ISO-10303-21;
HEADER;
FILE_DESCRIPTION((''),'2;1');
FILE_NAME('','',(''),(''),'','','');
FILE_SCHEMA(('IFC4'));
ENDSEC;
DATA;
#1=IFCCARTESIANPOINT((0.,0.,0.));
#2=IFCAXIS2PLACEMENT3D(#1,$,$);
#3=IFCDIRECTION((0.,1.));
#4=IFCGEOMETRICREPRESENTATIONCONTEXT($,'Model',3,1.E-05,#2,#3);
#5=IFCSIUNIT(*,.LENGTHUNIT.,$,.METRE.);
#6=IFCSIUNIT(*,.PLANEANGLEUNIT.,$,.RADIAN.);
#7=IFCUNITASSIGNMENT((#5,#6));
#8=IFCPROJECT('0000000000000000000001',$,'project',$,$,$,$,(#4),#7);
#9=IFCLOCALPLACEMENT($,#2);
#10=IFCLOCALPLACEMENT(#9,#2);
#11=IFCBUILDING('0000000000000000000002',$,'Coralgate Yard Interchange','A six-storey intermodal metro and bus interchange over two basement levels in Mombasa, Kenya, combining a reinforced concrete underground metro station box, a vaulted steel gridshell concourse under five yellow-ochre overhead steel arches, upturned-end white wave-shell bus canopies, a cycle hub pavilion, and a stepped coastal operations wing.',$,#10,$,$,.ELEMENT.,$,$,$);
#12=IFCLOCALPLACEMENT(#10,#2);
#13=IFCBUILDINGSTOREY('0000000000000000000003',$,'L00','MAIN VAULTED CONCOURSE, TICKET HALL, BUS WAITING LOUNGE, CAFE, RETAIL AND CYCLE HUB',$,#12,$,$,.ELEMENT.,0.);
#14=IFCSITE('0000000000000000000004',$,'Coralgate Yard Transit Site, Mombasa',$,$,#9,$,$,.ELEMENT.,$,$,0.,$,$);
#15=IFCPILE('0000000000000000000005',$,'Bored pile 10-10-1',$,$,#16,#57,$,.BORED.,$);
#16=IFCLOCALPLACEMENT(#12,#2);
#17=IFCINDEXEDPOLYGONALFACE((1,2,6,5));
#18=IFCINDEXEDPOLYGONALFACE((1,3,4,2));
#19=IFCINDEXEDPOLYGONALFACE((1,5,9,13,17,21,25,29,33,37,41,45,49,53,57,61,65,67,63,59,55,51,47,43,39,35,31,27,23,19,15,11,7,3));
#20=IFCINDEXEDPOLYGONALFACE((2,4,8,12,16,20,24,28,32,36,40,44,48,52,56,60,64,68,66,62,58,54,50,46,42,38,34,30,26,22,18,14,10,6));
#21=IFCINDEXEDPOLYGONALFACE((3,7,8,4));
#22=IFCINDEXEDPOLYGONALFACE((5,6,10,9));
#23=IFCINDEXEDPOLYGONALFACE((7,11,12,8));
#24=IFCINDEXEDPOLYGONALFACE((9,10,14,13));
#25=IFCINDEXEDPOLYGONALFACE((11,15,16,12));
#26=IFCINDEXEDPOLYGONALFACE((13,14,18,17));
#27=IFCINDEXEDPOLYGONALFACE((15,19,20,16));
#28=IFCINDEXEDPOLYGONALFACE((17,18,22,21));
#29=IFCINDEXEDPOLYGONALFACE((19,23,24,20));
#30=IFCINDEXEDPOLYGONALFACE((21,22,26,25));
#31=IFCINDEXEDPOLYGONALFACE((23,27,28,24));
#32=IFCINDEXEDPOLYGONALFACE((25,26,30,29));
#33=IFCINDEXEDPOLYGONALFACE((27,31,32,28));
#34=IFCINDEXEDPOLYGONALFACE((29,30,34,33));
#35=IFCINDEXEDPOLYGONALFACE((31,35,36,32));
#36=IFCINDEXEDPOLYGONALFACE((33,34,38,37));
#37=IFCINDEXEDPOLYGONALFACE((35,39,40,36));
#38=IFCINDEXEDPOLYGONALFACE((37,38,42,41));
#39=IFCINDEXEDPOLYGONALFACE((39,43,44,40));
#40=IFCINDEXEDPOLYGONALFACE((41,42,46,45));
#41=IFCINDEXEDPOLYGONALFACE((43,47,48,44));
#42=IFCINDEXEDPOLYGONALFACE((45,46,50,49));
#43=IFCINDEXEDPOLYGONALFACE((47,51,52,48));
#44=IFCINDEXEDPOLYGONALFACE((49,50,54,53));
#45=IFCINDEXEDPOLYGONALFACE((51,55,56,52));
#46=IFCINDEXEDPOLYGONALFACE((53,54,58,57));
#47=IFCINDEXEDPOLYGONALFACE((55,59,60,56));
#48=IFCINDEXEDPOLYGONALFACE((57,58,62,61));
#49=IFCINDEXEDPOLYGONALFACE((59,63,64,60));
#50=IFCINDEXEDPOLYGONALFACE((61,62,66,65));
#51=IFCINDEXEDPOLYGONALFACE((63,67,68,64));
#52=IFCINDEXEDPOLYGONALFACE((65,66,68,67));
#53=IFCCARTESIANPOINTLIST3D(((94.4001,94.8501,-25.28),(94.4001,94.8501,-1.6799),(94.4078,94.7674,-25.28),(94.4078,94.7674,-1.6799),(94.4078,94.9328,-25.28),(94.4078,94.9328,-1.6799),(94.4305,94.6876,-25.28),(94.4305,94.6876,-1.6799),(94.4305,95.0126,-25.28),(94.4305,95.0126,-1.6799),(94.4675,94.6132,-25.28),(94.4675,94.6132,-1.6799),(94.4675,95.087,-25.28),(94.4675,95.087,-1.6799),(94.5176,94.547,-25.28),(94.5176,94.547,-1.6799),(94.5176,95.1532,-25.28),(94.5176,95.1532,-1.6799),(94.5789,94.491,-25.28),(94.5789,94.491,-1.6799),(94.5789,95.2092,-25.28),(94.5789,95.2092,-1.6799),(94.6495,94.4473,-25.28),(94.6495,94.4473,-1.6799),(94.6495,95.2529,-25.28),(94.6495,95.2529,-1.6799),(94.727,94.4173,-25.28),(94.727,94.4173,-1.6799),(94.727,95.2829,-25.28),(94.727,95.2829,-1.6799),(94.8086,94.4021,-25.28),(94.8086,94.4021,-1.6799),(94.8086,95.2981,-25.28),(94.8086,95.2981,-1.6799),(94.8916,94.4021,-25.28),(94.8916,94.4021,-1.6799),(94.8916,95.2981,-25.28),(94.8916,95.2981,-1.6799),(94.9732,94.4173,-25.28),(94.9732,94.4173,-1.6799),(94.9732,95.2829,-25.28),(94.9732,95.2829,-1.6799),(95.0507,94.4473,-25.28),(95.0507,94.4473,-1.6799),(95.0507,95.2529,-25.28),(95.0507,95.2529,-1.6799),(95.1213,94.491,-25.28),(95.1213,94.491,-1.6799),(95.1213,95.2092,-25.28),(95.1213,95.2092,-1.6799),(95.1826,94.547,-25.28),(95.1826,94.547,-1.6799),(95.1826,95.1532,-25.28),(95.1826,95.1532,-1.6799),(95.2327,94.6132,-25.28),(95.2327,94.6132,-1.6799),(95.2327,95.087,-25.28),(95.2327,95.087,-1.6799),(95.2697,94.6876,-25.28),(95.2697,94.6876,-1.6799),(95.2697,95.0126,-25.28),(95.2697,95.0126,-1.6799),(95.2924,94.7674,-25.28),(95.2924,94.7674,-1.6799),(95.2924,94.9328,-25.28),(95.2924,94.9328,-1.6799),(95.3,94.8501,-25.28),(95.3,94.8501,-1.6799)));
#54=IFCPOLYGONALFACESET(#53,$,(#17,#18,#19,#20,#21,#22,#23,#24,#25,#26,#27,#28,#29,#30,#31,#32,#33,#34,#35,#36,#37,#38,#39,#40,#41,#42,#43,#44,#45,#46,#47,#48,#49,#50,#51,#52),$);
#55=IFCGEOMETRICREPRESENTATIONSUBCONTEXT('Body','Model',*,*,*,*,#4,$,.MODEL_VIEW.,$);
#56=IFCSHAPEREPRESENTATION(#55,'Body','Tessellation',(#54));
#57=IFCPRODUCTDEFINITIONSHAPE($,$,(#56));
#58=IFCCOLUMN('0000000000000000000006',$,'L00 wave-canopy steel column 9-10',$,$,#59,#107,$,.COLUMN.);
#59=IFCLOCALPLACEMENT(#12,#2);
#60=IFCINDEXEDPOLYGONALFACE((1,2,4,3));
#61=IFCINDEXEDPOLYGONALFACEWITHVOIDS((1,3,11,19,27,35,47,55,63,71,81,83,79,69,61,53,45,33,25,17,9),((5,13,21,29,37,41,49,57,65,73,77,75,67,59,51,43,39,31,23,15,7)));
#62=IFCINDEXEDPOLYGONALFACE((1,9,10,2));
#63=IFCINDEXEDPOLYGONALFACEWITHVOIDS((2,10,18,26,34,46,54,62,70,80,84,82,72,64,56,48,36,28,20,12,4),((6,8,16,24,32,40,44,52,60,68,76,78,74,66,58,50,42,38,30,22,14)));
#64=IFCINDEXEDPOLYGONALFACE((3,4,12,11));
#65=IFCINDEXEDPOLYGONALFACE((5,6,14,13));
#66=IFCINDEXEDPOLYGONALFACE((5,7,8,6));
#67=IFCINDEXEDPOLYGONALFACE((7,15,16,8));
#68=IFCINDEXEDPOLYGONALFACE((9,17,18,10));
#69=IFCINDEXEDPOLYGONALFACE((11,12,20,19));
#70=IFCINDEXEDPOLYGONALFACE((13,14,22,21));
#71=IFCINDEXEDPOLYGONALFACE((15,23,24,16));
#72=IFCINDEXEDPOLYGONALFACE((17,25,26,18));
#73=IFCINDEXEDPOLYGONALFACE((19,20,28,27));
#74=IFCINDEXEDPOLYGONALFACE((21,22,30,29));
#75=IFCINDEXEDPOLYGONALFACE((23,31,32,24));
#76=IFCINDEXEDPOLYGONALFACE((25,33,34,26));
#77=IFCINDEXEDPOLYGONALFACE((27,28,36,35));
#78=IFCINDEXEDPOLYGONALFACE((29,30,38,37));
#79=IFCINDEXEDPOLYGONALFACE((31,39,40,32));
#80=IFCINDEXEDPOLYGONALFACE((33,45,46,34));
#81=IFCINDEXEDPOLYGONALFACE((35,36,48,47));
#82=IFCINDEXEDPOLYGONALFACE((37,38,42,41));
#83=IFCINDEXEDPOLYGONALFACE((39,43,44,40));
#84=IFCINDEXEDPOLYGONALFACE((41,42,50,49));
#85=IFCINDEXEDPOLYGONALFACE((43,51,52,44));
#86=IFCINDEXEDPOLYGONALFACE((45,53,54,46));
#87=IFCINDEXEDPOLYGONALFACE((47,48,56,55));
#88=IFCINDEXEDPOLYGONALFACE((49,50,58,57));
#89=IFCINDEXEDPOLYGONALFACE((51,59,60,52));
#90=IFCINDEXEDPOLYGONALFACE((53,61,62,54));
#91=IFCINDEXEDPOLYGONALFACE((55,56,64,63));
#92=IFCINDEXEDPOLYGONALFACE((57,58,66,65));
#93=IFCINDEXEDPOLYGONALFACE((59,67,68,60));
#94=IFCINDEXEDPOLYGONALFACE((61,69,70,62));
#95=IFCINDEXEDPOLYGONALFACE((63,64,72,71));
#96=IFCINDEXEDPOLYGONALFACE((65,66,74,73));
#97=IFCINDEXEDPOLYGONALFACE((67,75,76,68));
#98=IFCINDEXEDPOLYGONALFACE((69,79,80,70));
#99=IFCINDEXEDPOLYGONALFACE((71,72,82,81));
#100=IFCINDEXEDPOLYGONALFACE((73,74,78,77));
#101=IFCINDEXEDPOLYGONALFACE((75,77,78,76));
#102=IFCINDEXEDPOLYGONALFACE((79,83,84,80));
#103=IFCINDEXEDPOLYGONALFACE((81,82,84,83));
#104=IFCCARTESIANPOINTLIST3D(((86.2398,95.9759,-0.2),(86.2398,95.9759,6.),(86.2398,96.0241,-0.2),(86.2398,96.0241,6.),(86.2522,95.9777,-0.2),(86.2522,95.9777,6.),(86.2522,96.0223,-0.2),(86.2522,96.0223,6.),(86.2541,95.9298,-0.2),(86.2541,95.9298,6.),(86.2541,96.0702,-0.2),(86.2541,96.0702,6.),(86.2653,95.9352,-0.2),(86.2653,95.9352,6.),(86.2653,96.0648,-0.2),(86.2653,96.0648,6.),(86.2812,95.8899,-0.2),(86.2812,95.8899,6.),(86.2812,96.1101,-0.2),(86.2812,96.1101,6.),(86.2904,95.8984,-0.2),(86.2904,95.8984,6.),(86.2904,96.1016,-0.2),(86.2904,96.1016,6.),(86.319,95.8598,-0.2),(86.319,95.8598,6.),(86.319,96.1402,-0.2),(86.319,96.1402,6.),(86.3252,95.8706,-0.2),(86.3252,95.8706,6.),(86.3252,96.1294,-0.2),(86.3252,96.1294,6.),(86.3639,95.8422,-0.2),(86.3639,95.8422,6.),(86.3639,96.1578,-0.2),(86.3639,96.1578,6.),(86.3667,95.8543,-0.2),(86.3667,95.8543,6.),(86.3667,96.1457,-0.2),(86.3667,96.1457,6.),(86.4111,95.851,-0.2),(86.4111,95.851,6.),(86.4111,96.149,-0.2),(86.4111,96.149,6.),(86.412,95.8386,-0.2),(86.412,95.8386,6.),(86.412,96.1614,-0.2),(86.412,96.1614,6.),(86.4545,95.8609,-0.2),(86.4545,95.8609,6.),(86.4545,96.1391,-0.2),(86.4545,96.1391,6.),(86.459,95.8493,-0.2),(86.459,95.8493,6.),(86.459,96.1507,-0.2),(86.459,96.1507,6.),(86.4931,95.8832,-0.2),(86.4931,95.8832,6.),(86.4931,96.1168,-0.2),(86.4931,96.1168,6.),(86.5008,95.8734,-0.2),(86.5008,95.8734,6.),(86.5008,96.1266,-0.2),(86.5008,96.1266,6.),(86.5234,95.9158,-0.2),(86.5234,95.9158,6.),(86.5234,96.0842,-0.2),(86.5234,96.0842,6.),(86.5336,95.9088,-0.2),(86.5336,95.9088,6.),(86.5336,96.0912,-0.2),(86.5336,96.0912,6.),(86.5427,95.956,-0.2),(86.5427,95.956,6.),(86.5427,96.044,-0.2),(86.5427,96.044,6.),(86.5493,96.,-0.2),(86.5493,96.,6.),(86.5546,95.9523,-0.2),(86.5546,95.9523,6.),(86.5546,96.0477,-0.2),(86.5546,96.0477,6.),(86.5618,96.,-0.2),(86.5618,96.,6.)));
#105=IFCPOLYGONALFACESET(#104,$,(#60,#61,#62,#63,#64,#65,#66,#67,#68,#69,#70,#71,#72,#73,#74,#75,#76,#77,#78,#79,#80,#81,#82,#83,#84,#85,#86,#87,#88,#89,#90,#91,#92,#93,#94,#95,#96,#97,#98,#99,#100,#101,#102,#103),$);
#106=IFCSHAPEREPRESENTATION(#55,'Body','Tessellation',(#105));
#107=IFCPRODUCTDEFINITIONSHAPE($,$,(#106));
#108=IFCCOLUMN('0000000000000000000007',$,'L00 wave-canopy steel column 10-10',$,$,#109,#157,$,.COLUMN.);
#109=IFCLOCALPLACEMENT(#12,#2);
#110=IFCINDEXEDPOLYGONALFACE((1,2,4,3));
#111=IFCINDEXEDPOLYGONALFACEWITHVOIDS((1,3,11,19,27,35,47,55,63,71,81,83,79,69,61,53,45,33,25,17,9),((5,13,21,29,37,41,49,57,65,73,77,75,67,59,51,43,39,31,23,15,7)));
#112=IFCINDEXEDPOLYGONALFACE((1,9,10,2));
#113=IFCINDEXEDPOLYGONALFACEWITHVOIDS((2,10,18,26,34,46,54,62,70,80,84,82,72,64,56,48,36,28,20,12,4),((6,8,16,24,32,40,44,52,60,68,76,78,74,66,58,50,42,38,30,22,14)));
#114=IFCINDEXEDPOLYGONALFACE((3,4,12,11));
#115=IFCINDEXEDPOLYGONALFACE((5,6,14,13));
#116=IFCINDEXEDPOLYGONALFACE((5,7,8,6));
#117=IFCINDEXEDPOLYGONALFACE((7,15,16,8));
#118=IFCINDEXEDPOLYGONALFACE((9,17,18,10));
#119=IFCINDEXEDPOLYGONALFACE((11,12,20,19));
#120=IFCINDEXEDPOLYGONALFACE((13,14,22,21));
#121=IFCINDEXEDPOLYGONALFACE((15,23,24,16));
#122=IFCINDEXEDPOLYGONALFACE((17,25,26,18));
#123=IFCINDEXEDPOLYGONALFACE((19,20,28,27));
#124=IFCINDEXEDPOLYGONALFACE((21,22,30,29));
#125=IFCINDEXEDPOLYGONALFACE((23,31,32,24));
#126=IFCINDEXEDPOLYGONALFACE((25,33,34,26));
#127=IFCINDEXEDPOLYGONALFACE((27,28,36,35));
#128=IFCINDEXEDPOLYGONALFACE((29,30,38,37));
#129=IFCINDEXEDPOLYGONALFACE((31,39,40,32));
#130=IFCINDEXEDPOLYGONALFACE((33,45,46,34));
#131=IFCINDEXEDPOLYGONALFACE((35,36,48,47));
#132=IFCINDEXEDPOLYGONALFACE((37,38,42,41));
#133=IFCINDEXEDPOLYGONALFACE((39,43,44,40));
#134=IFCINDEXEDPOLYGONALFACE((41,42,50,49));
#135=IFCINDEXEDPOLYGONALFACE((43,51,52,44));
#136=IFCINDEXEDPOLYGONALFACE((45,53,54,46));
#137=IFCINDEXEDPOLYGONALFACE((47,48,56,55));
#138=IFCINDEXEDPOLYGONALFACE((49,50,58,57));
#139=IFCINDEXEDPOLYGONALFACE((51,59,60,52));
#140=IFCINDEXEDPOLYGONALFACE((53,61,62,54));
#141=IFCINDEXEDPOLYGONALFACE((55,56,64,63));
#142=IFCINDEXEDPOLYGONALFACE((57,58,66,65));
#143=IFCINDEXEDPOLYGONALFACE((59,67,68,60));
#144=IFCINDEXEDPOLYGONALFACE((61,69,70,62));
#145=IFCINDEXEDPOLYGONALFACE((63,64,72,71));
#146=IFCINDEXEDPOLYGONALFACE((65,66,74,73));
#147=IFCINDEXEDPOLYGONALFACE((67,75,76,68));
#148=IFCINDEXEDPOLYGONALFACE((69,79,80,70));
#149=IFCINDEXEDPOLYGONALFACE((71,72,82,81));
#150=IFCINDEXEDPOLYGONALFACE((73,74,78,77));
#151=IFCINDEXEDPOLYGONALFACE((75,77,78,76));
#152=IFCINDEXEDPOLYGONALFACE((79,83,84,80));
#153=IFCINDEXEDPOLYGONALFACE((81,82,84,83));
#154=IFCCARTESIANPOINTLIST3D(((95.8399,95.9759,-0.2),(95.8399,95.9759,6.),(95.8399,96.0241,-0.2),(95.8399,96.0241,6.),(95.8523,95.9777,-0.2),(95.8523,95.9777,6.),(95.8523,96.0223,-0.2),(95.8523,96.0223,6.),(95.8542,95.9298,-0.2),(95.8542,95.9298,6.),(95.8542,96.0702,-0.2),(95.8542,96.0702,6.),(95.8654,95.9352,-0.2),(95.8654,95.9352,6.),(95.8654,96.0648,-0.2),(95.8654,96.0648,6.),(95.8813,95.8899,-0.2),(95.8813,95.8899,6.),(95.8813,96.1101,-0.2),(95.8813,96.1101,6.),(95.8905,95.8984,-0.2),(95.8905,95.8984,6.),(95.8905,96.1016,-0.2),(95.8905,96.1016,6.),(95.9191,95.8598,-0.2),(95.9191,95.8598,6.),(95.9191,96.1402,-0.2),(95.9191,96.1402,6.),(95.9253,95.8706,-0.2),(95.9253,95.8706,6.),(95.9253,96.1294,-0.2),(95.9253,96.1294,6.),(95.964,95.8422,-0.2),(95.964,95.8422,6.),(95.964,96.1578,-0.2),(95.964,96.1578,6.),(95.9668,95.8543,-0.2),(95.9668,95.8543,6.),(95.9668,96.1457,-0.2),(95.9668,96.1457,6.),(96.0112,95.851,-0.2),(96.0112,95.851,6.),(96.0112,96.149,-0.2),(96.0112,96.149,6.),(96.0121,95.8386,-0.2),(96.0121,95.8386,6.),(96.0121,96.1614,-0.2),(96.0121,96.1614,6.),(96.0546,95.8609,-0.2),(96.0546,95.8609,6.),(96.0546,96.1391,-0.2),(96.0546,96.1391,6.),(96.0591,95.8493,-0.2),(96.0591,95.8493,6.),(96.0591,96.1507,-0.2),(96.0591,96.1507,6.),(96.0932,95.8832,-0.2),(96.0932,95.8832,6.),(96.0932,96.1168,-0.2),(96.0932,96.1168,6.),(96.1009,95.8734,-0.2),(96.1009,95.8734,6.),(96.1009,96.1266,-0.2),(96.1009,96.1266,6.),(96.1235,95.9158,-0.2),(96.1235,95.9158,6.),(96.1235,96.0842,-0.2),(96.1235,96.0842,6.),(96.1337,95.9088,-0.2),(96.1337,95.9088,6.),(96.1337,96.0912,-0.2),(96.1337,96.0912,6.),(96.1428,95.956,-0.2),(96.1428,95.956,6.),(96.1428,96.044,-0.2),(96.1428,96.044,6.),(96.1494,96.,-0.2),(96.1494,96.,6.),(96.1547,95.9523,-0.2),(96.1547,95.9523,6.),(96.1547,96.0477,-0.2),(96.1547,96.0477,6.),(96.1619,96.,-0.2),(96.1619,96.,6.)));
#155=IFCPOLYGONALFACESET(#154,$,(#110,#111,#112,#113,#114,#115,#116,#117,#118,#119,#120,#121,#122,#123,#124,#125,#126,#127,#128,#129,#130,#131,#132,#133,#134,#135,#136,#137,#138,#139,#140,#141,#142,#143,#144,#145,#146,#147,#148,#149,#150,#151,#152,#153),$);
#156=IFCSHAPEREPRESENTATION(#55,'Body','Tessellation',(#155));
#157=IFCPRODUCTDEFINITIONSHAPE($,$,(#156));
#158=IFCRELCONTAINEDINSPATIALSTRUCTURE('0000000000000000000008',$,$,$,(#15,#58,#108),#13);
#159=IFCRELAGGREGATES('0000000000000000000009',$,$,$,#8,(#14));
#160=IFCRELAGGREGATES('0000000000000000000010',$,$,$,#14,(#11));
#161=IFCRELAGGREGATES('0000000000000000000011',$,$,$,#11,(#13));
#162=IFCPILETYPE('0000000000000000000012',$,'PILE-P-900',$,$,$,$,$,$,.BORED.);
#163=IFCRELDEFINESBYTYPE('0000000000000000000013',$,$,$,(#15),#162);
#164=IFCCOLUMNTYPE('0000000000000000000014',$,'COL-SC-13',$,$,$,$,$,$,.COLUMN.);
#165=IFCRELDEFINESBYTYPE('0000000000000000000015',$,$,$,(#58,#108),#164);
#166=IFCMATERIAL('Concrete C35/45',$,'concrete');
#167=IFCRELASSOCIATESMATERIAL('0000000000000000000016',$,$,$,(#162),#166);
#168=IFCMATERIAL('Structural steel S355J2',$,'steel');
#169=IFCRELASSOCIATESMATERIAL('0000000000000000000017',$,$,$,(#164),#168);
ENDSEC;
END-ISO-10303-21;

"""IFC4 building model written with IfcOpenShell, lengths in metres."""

from ifc_helpers import new_model, si_unit, direction, frame, origin, origin_2d, place, context, subcontext, project, spatial, circle, hollow_circle, extrude, material, material_profile, profile_set, type_object, element, save


model = new_model("IFC4")

# Units and contexts
model_context = context("Model", 3, precision=1e-05, world=origin(), true_north=direction((0.0, 1.0)))
body_context = subcontext(model_context, "Body", "Model", "MODEL_VIEW")
ifc_project = project(units=[si_unit("LENGTHUNIT", "METRE"), si_unit("PLANEANGLEUNIT", "RADIAN")], contexts=[model_context])

# Site, building, storey
site_placement = place(None, origin())
site = spatial("IfcSite", under=ifc_project, at=site_placement, Name="Coralgate Yard Transit Site, Mombasa", CompositionType="ELEMENT", RefElevation=0.0)
building_placement = place(site_placement, origin())
building = spatial("IfcBuilding", under=site, at=building_placement, Name="Coralgate Yard Interchange", Description="A six-storey intermodal metro and bus interchange over two basement levels in Mombasa, Kenya, combining a reinforced concrete underground metro station box, a vaulted steel gridshell concourse under five yellow-ochre overhead steel arches, upturned-end white wave-shell bus canopies, a cycle hub pavilion, and a stepped coastal operations wing.", CompositionType="ELEMENT")
storey_placement = place(building_placement, origin())
storey = spatial("IfcBuildingStorey", under=building, at=storey_placement, Name="L00", Description="MAIN VAULTED CONCOURSE, TICKET HALL, BUS WAITING LOUNGE, CAFE, RETAIL AND CYCLE HUB", CompositionType="ELEMENT", Elevation=0.0)

# Pile
ifc_material_1 = material(Name="Concrete C35/45", Category="concrete")
ifc_material_profile_1 = material_profile(ifc_material_1, circle(Radius=0.45, at=origin_2d()), Name="BORED PILE D900")
ifc_profile_set_1 = profile_set([ifc_material_profile_1], Name="Concrete C35/45")
pile_type = type_object("IfcPileType", Name="PILE-P-900", PredefinedType="BORED", material=ifc_profile_set_1)
for number, where, z_axis, x_axis, name in (
    (1, (94.8501, 94.8501, -1.6799), (0.0, 0.0, -1.0), (1.0, 0.0, 0.0), "Bored pile 10-10-1"),
):
    element("IfcPile", number, at=place(storey_placement, frame(where, z_axis=z_axis, x_axis=x_axis)), inside=storey, type_object=pile_type, Name=name, PredefinedType="BORED", context=body_context, shape_type="SweptSolid", body=[
        extrude(circle(Radius=0.45, at=origin_2d()), origin(), (0.0, 0.0, 1.0), 23.6001),
    ])

# Columns
ifc_material_2 = material(Name="Structural steel S355J2", Category="steel")
ifc_material_profile_2 = material_profile(ifc_material_2, hollow_circle(Radius=0.1619, WallThickness=0.0125, at=origin_2d()), Name="CHS 323.9x12.5")
ifc_profile_set_2 = profile_set([ifc_material_profile_2], Name="Structural steel S355J2")
column_type = type_object("IfcColumnType", Name="COL-SC-13", PredefinedType="COLUMN", material=ifc_profile_set_2)
for number, where, z_axis, x_axis, name in (
    (2, (86.3999, 96.0, -0.2), (0.0, 0.0, 1.0), (1.0, 0.0, 0.0), "L00 wave-canopy steel column 9-10"),
    (3, (96.0, 96.0, -0.2), (0.0, 0.0, 1.0), (1.0, 0.0, 0.0), "L00 wave-canopy steel column 10-10"),
):
    element("IfcColumn", number, at=place(storey_placement, frame(where, z_axis=z_axis, x_axis=x_axis)), inside=storey, type_object=column_type, Name=name, PredefinedType="COLUMN", context=body_context, shape_type="SweptSolid", body=[
        extrude(hollow_circle(Radius=0.1619, WallThickness=0.0125, at=origin_2d()), origin(), (0.0, 0.0, 1.0), 6.2),
    ])

save(model, "model.ifc")
